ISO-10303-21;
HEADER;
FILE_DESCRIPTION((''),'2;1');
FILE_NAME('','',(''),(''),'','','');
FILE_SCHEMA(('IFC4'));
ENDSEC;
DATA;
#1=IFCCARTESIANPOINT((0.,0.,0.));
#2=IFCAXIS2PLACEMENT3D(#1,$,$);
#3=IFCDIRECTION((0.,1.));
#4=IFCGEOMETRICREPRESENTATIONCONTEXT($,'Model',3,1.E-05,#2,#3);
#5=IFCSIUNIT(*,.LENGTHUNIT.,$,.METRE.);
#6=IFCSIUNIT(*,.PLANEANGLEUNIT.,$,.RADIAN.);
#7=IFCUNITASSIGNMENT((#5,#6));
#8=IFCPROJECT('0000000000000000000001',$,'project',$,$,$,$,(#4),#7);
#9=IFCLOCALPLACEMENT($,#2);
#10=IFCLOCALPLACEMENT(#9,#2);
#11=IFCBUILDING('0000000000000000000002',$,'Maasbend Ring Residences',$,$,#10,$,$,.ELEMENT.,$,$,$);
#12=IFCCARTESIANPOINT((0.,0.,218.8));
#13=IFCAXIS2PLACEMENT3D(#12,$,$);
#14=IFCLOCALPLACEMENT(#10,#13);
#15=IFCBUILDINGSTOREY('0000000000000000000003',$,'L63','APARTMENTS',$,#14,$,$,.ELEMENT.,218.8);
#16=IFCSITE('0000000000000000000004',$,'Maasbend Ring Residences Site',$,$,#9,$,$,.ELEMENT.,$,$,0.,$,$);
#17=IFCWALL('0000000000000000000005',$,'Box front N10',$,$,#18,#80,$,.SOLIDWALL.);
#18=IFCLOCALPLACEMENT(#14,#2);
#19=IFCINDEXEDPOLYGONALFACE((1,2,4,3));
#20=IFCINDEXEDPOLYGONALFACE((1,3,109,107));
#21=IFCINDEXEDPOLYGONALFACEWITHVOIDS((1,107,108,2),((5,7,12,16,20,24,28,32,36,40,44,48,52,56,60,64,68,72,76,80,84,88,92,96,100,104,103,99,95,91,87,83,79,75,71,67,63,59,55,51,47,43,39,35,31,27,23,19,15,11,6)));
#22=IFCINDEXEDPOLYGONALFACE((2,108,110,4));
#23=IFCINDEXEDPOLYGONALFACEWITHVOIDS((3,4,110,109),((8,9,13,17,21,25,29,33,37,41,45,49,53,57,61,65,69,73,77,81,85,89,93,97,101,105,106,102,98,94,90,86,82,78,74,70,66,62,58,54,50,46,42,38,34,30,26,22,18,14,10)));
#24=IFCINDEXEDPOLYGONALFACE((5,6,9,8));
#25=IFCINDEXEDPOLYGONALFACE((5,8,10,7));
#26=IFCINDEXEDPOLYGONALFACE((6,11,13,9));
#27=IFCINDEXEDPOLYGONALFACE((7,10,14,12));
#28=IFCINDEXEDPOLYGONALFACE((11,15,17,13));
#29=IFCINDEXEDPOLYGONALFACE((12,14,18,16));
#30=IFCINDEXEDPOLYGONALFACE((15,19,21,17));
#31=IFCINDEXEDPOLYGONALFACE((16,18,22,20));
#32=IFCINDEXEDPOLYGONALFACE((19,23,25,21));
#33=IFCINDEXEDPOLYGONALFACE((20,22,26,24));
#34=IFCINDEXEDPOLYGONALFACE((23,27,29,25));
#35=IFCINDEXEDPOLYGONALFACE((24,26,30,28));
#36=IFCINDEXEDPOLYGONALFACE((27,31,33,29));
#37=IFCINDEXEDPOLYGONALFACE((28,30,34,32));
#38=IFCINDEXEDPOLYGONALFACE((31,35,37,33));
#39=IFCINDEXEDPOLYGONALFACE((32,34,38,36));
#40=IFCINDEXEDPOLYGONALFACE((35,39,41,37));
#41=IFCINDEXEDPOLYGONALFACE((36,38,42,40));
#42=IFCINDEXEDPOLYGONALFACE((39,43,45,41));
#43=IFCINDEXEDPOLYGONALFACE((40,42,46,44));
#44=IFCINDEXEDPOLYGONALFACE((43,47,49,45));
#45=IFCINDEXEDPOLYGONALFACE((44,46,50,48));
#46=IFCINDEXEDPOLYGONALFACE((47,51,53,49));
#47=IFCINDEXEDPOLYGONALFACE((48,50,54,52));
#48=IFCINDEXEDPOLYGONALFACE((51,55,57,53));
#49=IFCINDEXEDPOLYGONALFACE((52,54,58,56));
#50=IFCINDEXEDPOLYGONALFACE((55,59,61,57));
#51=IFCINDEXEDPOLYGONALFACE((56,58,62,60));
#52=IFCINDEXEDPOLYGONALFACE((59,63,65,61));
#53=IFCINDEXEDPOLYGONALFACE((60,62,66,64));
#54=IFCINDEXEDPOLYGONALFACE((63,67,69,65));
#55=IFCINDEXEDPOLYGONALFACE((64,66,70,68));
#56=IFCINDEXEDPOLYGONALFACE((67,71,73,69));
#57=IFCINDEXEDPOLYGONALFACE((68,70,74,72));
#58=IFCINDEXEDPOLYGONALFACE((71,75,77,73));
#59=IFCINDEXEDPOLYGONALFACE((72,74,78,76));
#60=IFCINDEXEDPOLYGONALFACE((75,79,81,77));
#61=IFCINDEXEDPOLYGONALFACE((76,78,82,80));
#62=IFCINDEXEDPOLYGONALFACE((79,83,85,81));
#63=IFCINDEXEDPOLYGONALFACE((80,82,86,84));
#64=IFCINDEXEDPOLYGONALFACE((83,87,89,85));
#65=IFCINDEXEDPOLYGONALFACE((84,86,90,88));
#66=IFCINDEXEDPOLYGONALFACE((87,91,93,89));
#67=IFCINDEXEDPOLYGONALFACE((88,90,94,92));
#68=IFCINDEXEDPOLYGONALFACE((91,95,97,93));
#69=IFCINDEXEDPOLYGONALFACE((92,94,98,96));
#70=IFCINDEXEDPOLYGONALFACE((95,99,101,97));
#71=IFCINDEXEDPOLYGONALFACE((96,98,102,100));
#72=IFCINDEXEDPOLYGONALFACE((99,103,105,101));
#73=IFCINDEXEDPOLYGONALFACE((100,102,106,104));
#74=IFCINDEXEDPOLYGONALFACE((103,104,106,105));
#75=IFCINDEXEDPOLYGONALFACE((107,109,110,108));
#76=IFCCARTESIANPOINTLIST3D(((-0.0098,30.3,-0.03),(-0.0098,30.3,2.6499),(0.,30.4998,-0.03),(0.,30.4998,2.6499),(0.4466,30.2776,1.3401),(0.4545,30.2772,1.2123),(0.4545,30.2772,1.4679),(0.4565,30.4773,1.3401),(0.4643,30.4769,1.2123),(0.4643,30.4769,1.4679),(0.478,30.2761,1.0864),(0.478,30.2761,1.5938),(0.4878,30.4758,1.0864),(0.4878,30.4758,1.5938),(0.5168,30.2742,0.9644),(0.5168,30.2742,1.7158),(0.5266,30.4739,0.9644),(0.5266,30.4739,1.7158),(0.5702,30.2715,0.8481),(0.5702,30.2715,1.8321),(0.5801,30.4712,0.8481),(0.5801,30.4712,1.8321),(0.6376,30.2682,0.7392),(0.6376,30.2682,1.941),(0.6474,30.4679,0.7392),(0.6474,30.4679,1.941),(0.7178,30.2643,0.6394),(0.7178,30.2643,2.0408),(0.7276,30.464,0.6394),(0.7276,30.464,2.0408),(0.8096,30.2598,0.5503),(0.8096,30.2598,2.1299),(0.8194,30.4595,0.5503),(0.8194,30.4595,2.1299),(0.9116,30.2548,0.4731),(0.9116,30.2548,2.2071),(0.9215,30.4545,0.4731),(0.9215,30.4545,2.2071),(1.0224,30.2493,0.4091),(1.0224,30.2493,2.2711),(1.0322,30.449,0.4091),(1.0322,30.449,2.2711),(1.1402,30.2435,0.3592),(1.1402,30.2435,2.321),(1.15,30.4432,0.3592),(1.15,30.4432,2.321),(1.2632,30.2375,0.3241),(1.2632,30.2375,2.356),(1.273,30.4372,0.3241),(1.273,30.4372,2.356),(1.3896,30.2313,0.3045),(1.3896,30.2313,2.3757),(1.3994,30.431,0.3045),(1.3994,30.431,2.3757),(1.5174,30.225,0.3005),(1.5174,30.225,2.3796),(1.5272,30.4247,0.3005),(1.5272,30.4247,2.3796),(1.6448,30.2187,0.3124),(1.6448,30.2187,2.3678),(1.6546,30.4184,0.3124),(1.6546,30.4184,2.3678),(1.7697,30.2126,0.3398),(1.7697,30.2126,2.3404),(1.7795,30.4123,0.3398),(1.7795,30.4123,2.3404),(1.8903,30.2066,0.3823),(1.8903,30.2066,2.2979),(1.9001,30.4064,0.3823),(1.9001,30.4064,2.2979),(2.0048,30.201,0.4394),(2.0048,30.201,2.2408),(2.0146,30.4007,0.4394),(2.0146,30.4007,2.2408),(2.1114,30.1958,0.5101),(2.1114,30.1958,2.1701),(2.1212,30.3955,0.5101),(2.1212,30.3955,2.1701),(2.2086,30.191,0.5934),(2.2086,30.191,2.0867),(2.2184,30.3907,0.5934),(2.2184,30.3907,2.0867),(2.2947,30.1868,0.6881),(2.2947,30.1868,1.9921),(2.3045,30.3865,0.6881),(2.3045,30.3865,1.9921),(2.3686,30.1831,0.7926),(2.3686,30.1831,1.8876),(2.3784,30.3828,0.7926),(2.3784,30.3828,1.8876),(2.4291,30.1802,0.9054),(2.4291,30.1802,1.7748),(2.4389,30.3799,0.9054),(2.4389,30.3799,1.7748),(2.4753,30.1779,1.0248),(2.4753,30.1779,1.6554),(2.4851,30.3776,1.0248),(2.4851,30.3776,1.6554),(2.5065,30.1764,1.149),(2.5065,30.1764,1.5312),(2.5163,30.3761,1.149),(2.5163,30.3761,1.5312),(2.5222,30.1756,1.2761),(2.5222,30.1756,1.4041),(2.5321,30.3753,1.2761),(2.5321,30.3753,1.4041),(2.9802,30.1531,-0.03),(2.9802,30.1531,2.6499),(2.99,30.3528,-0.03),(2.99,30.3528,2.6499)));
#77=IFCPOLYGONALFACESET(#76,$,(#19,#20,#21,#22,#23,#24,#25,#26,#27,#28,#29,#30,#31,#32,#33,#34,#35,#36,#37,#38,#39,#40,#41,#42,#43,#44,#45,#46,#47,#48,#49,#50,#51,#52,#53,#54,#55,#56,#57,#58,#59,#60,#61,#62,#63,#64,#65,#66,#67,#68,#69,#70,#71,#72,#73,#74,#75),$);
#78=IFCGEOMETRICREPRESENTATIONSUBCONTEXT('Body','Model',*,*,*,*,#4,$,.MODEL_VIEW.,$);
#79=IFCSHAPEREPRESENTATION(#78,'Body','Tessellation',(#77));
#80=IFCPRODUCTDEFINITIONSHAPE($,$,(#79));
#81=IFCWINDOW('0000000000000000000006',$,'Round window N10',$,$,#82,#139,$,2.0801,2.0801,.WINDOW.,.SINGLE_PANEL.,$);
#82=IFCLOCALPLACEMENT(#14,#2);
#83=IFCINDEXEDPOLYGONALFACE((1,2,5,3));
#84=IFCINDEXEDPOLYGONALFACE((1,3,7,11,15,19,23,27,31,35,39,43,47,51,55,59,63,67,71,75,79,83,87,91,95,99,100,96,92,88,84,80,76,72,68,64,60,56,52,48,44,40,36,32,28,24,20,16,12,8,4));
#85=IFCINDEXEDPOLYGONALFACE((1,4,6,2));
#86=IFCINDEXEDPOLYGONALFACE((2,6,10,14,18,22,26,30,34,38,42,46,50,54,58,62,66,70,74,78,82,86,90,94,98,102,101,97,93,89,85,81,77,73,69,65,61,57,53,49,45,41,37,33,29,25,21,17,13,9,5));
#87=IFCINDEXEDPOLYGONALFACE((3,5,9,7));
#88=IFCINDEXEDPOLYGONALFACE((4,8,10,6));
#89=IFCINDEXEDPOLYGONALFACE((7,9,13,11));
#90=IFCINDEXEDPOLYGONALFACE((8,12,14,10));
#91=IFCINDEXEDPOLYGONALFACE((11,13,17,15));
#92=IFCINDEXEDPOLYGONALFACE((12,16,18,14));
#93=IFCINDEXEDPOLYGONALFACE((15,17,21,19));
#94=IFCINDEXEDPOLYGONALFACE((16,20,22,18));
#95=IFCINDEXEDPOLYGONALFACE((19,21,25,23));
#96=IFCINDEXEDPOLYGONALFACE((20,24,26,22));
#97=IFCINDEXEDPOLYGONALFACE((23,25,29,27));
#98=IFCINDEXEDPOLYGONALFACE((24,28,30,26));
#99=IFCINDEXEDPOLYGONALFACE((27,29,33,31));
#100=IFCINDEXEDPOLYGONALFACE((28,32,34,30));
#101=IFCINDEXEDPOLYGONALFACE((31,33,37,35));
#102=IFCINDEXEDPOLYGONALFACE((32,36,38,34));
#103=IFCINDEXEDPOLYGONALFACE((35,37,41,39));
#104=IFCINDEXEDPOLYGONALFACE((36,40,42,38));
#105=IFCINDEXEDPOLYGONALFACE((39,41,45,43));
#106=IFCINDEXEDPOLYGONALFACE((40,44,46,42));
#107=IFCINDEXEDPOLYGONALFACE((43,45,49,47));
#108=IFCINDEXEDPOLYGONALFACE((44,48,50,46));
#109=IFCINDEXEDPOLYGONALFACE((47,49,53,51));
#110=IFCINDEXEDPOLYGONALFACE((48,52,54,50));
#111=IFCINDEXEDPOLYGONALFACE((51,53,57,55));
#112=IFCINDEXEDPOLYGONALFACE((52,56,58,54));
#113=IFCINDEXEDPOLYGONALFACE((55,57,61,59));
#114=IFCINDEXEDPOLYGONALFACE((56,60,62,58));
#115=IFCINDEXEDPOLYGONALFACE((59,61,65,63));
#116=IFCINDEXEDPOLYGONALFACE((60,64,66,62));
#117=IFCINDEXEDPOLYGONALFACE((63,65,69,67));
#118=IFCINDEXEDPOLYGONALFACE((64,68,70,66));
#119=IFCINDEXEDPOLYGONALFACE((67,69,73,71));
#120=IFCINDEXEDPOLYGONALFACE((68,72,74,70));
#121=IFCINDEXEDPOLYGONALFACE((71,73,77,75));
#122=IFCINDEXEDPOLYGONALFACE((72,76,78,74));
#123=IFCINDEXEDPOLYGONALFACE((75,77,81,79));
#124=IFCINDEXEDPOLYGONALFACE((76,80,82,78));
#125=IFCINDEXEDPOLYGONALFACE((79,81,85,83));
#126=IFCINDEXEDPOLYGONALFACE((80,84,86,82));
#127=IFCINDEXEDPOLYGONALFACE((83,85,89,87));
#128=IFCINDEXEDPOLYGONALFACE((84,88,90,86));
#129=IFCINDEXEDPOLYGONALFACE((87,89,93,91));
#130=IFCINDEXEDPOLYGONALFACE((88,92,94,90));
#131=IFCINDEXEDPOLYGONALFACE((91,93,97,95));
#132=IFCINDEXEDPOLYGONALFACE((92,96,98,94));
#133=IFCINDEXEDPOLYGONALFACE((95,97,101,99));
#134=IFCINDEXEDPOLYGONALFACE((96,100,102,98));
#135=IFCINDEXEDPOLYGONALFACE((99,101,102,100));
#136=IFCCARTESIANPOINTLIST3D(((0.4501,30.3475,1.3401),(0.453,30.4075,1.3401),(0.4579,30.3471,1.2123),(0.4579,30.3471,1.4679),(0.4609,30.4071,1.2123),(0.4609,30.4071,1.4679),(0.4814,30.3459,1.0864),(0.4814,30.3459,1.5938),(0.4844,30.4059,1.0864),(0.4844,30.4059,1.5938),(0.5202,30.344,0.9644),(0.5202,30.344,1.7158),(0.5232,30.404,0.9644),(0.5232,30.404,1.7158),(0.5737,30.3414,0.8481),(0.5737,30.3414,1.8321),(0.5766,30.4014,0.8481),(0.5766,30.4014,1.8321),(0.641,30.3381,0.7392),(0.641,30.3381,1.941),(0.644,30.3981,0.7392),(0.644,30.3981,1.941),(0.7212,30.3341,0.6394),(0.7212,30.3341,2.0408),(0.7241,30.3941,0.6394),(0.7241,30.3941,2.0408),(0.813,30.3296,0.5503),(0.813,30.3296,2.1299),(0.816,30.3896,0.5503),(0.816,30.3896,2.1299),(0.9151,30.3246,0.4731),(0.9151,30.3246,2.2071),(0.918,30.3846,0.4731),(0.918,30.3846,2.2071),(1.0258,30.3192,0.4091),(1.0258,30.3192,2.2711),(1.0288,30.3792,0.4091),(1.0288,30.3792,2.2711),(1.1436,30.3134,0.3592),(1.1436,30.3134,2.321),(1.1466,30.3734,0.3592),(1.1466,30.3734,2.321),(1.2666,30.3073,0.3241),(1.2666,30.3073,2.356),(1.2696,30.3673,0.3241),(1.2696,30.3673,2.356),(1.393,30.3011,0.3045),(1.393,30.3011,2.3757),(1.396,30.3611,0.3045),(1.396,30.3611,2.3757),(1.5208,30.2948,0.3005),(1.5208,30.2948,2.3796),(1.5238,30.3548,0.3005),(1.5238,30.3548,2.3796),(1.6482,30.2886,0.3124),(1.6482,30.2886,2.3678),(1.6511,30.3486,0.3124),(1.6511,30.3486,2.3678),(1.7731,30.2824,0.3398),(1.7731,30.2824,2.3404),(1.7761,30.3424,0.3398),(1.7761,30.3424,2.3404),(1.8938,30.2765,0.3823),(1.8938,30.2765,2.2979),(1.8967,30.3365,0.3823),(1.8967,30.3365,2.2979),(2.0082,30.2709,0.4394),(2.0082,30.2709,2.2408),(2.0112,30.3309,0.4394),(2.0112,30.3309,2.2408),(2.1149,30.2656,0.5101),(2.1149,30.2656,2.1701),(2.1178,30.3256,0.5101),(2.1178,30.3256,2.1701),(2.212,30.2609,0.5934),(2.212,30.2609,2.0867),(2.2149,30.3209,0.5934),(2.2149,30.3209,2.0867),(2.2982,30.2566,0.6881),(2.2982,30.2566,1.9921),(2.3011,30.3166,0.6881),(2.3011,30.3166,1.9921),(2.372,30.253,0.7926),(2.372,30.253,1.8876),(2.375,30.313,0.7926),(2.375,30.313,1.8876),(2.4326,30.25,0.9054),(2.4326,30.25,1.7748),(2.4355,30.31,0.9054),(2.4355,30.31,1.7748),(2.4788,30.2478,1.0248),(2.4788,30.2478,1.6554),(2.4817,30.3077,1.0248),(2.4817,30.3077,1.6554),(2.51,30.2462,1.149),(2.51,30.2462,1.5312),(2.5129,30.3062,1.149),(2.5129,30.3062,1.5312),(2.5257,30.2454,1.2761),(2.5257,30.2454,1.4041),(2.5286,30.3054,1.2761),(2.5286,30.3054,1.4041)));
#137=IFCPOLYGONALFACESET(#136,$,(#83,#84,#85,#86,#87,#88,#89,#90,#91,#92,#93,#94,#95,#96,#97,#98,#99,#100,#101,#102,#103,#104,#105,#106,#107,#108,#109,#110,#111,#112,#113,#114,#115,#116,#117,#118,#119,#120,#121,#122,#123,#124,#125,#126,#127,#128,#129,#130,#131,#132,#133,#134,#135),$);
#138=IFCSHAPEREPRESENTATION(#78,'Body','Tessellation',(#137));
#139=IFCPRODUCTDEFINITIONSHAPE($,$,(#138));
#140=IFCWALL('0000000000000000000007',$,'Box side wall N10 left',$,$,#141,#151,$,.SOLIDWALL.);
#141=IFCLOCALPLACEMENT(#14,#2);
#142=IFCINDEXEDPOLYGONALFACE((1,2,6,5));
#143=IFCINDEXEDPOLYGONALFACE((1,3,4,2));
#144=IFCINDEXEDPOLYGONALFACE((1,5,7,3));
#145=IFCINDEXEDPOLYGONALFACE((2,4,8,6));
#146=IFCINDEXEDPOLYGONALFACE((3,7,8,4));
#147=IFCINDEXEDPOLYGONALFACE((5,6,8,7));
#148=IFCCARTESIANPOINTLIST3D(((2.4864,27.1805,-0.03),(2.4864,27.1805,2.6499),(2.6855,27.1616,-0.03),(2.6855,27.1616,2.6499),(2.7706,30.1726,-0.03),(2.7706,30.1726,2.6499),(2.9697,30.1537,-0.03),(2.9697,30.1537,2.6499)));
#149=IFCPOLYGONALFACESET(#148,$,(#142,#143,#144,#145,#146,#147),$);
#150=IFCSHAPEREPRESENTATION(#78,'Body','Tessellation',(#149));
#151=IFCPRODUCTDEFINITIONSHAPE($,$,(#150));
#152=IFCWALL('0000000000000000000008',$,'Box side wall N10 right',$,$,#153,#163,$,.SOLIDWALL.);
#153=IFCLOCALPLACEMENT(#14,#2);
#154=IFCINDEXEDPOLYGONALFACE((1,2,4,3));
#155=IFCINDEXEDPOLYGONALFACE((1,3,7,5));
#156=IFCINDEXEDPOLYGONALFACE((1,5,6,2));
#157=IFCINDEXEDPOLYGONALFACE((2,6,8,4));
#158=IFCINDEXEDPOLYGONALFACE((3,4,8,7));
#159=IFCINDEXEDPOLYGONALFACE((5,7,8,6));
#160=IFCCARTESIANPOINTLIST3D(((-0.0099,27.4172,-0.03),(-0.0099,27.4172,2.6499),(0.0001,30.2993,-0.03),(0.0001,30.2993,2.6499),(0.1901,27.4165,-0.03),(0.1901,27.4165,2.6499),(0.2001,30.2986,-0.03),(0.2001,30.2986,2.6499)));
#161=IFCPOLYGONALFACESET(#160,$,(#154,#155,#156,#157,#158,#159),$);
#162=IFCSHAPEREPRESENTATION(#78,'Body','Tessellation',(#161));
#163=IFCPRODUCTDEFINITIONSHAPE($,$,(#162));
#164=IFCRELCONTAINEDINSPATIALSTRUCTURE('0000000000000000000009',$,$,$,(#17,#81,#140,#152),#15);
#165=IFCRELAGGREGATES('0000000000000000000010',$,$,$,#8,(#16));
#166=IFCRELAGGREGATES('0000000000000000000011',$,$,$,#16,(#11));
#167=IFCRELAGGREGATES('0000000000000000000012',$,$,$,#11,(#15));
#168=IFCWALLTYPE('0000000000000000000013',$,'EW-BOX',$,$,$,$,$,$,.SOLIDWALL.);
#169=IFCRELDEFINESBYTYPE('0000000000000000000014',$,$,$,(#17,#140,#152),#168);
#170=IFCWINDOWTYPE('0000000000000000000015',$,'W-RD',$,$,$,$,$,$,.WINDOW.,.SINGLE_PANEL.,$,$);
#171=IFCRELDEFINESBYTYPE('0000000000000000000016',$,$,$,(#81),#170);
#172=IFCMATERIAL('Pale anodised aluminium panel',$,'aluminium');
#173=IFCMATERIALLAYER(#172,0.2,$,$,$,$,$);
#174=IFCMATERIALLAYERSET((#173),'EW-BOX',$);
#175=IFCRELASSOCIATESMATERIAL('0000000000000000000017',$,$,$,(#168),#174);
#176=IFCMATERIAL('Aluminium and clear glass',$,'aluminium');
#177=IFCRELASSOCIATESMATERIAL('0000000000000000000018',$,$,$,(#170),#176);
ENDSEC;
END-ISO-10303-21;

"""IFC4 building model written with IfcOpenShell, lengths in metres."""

from ifc_helpers import new_model, si_unit, direction, frame, frame_2d, origin, place, context, subcontext, project, spatial, rectangle, circle, extrude, material, layer, layer_set, type_object, element, fill, save


model = new_model("IFC4")

# Units and contexts
model_context = context("Model", 3, precision=1e-05, world=origin(), true_north=direction((0.0, 1.0)))
body_context = subcontext(model_context, "Body", "Model", "MODEL_VIEW")
ifc_project = project(units=[si_unit("LENGTHUNIT", "METRE"), si_unit("PLANEANGLEUNIT", "RADIAN")], contexts=[model_context])

# Site, building, storey
site_placement = place(None, origin())
site = spatial("IfcSite", under=ifc_project, at=site_placement, Name="Maasbend Ring Residences Site", CompositionType="ELEMENT", RefElevation=0.0)
building_placement = place(site_placement, origin())
building = spatial("IfcBuilding", under=site, at=building_placement, Name="Maasbend Ring Residences", CompositionType="ELEMENT")
storey_placement = place(building_placement, frame((0.0, 0.0, 218.8)))
storey = spatial("IfcBuildingStorey", under=building, at=storey_placement, Name="L63", Description="APARTMENTS", CompositionType="ELEMENT", Elevation=218.8)

# Shared definitions
ifc_material_1 = material(Name="Pale anodised aluminium panel", Category="aluminium")
ifc_layer_1 = layer(ifc_material_1, 0.2)
ifc_layer_set_1 = layer_set([ifc_layer_1], Name="EW-BOX")
wall_type_1 = type_object("IfcWallType", Name="EW-BOX", PredefinedType="SOLIDWALL", material=ifc_layer_set_1)

# Shared definitions
ifc_material_2 = material(Name="Aluminium and clear glass", Category="aluminium")
window_type_1 = type_object("IfcWindowType", Name="W-RD", PartitioningType="SINGLE_PANEL", PredefinedType="WINDOW", material=ifc_material_2)

# Wall, opening, window
wall_1_placement = place(storey_placement, frame((2.9851, 30.2529, -0.03), z_axis=(0.0, 0.0, 1.0), x_axis=(-0.998794, 0.049096, 0.0)))
wall_1 = element("IfcWall", 1, at=wall_1_placement, inside=storey, type_object=wall_type_1, Name="Box front N10", PredefinedType="SOLIDWALL", context=body_context, shape_type="SweptSolid", body=[
    extrude(rectangle(XDim=2.9937, YDim=0.2, at=frame_2d((1.4968, 0.0))), origin(), (0.0, 0.0, 1.0), 2.6799),
])
opening_1_placement = place(wall_1_placement, frame((0.4565, 0.0, 0.3301)))
opening_1 = element("IfcOpeningElement", 2, at=opening_1_placement, cuts=wall_1, PredefinedType="OPENING", context=body_context, shape_type="SweptSolid", body=[
    extrude(circle(Radius=1.04, at=frame_2d((1.04, 1.04))), frame((0.0, 0.1099, 0.0), z_axis=(0.0, -1.0, 0.0), x_axis=(1.0, 0.0, 0.0)), (0.0, 0.0, 1.0), 0.22),
])
window_1_placement = place(opening_1_placement, origin())
window_1 = element("IfcWindow", 3, at=window_1_placement, inside=storey, type_object=window_type_1, Name="Round window N10", OverallHeight=2.0801, OverallWidth=2.0801, PartitioningType="SINGLE_PANEL", PredefinedType="WINDOW", context=body_context, shape_type="SweptSolid", body=[
    extrude(circle(Radius=1.04, at=frame_2d((1.04, 1.04))), frame((0.0, 0.03, 0.0), z_axis=(0.0, -1.0, 0.0), x_axis=(1.0, 0.0, 0.0)), (0.0, 0.0, 1.0), 0.0601),
])
fill(opening_1, window_1)

# Walls
wall_2_placement = place(storey_placement, frame((2.5859, 27.1709, -0.03), z_axis=(0.0, 0.0, 1.0), x_axis=(0.094548, 0.99552, 0.0)))
element("IfcWall", 4, at=wall_2_placement, inside=storey, type_object=wall_type_1, Name="Box side wall N10 left", PredefinedType="SOLIDWALL", context=body_context, shape_type="SweptSolid", body=[
    extrude(rectangle(XDim=3.0056, YDim=0.2, at=frame_2d((1.5029, 0.0))), origin(), (0.0, 0.0, 1.0), 2.6799),
])
wall_3_placement = place(storey_placement, frame((0.0901, 27.417, -0.03), z_axis=(0.0, 0.0, 1.0), x_axis=(0.003473, 0.999994, 0.0)))
element("IfcWall", 5, at=wall_3_placement, inside=storey, type_object=wall_type_1, Name="Box side wall N10 right", PredefinedType="SOLIDWALL", context=body_context, shape_type="SweptSolid", body=[
    extrude(rectangle(XDim=2.8821, YDim=0.2, at=frame_2d((1.4409, 0.0))), origin(), (0.0, 0.0, 1.0), 2.6799),
])

save(model, "model.ifc")
